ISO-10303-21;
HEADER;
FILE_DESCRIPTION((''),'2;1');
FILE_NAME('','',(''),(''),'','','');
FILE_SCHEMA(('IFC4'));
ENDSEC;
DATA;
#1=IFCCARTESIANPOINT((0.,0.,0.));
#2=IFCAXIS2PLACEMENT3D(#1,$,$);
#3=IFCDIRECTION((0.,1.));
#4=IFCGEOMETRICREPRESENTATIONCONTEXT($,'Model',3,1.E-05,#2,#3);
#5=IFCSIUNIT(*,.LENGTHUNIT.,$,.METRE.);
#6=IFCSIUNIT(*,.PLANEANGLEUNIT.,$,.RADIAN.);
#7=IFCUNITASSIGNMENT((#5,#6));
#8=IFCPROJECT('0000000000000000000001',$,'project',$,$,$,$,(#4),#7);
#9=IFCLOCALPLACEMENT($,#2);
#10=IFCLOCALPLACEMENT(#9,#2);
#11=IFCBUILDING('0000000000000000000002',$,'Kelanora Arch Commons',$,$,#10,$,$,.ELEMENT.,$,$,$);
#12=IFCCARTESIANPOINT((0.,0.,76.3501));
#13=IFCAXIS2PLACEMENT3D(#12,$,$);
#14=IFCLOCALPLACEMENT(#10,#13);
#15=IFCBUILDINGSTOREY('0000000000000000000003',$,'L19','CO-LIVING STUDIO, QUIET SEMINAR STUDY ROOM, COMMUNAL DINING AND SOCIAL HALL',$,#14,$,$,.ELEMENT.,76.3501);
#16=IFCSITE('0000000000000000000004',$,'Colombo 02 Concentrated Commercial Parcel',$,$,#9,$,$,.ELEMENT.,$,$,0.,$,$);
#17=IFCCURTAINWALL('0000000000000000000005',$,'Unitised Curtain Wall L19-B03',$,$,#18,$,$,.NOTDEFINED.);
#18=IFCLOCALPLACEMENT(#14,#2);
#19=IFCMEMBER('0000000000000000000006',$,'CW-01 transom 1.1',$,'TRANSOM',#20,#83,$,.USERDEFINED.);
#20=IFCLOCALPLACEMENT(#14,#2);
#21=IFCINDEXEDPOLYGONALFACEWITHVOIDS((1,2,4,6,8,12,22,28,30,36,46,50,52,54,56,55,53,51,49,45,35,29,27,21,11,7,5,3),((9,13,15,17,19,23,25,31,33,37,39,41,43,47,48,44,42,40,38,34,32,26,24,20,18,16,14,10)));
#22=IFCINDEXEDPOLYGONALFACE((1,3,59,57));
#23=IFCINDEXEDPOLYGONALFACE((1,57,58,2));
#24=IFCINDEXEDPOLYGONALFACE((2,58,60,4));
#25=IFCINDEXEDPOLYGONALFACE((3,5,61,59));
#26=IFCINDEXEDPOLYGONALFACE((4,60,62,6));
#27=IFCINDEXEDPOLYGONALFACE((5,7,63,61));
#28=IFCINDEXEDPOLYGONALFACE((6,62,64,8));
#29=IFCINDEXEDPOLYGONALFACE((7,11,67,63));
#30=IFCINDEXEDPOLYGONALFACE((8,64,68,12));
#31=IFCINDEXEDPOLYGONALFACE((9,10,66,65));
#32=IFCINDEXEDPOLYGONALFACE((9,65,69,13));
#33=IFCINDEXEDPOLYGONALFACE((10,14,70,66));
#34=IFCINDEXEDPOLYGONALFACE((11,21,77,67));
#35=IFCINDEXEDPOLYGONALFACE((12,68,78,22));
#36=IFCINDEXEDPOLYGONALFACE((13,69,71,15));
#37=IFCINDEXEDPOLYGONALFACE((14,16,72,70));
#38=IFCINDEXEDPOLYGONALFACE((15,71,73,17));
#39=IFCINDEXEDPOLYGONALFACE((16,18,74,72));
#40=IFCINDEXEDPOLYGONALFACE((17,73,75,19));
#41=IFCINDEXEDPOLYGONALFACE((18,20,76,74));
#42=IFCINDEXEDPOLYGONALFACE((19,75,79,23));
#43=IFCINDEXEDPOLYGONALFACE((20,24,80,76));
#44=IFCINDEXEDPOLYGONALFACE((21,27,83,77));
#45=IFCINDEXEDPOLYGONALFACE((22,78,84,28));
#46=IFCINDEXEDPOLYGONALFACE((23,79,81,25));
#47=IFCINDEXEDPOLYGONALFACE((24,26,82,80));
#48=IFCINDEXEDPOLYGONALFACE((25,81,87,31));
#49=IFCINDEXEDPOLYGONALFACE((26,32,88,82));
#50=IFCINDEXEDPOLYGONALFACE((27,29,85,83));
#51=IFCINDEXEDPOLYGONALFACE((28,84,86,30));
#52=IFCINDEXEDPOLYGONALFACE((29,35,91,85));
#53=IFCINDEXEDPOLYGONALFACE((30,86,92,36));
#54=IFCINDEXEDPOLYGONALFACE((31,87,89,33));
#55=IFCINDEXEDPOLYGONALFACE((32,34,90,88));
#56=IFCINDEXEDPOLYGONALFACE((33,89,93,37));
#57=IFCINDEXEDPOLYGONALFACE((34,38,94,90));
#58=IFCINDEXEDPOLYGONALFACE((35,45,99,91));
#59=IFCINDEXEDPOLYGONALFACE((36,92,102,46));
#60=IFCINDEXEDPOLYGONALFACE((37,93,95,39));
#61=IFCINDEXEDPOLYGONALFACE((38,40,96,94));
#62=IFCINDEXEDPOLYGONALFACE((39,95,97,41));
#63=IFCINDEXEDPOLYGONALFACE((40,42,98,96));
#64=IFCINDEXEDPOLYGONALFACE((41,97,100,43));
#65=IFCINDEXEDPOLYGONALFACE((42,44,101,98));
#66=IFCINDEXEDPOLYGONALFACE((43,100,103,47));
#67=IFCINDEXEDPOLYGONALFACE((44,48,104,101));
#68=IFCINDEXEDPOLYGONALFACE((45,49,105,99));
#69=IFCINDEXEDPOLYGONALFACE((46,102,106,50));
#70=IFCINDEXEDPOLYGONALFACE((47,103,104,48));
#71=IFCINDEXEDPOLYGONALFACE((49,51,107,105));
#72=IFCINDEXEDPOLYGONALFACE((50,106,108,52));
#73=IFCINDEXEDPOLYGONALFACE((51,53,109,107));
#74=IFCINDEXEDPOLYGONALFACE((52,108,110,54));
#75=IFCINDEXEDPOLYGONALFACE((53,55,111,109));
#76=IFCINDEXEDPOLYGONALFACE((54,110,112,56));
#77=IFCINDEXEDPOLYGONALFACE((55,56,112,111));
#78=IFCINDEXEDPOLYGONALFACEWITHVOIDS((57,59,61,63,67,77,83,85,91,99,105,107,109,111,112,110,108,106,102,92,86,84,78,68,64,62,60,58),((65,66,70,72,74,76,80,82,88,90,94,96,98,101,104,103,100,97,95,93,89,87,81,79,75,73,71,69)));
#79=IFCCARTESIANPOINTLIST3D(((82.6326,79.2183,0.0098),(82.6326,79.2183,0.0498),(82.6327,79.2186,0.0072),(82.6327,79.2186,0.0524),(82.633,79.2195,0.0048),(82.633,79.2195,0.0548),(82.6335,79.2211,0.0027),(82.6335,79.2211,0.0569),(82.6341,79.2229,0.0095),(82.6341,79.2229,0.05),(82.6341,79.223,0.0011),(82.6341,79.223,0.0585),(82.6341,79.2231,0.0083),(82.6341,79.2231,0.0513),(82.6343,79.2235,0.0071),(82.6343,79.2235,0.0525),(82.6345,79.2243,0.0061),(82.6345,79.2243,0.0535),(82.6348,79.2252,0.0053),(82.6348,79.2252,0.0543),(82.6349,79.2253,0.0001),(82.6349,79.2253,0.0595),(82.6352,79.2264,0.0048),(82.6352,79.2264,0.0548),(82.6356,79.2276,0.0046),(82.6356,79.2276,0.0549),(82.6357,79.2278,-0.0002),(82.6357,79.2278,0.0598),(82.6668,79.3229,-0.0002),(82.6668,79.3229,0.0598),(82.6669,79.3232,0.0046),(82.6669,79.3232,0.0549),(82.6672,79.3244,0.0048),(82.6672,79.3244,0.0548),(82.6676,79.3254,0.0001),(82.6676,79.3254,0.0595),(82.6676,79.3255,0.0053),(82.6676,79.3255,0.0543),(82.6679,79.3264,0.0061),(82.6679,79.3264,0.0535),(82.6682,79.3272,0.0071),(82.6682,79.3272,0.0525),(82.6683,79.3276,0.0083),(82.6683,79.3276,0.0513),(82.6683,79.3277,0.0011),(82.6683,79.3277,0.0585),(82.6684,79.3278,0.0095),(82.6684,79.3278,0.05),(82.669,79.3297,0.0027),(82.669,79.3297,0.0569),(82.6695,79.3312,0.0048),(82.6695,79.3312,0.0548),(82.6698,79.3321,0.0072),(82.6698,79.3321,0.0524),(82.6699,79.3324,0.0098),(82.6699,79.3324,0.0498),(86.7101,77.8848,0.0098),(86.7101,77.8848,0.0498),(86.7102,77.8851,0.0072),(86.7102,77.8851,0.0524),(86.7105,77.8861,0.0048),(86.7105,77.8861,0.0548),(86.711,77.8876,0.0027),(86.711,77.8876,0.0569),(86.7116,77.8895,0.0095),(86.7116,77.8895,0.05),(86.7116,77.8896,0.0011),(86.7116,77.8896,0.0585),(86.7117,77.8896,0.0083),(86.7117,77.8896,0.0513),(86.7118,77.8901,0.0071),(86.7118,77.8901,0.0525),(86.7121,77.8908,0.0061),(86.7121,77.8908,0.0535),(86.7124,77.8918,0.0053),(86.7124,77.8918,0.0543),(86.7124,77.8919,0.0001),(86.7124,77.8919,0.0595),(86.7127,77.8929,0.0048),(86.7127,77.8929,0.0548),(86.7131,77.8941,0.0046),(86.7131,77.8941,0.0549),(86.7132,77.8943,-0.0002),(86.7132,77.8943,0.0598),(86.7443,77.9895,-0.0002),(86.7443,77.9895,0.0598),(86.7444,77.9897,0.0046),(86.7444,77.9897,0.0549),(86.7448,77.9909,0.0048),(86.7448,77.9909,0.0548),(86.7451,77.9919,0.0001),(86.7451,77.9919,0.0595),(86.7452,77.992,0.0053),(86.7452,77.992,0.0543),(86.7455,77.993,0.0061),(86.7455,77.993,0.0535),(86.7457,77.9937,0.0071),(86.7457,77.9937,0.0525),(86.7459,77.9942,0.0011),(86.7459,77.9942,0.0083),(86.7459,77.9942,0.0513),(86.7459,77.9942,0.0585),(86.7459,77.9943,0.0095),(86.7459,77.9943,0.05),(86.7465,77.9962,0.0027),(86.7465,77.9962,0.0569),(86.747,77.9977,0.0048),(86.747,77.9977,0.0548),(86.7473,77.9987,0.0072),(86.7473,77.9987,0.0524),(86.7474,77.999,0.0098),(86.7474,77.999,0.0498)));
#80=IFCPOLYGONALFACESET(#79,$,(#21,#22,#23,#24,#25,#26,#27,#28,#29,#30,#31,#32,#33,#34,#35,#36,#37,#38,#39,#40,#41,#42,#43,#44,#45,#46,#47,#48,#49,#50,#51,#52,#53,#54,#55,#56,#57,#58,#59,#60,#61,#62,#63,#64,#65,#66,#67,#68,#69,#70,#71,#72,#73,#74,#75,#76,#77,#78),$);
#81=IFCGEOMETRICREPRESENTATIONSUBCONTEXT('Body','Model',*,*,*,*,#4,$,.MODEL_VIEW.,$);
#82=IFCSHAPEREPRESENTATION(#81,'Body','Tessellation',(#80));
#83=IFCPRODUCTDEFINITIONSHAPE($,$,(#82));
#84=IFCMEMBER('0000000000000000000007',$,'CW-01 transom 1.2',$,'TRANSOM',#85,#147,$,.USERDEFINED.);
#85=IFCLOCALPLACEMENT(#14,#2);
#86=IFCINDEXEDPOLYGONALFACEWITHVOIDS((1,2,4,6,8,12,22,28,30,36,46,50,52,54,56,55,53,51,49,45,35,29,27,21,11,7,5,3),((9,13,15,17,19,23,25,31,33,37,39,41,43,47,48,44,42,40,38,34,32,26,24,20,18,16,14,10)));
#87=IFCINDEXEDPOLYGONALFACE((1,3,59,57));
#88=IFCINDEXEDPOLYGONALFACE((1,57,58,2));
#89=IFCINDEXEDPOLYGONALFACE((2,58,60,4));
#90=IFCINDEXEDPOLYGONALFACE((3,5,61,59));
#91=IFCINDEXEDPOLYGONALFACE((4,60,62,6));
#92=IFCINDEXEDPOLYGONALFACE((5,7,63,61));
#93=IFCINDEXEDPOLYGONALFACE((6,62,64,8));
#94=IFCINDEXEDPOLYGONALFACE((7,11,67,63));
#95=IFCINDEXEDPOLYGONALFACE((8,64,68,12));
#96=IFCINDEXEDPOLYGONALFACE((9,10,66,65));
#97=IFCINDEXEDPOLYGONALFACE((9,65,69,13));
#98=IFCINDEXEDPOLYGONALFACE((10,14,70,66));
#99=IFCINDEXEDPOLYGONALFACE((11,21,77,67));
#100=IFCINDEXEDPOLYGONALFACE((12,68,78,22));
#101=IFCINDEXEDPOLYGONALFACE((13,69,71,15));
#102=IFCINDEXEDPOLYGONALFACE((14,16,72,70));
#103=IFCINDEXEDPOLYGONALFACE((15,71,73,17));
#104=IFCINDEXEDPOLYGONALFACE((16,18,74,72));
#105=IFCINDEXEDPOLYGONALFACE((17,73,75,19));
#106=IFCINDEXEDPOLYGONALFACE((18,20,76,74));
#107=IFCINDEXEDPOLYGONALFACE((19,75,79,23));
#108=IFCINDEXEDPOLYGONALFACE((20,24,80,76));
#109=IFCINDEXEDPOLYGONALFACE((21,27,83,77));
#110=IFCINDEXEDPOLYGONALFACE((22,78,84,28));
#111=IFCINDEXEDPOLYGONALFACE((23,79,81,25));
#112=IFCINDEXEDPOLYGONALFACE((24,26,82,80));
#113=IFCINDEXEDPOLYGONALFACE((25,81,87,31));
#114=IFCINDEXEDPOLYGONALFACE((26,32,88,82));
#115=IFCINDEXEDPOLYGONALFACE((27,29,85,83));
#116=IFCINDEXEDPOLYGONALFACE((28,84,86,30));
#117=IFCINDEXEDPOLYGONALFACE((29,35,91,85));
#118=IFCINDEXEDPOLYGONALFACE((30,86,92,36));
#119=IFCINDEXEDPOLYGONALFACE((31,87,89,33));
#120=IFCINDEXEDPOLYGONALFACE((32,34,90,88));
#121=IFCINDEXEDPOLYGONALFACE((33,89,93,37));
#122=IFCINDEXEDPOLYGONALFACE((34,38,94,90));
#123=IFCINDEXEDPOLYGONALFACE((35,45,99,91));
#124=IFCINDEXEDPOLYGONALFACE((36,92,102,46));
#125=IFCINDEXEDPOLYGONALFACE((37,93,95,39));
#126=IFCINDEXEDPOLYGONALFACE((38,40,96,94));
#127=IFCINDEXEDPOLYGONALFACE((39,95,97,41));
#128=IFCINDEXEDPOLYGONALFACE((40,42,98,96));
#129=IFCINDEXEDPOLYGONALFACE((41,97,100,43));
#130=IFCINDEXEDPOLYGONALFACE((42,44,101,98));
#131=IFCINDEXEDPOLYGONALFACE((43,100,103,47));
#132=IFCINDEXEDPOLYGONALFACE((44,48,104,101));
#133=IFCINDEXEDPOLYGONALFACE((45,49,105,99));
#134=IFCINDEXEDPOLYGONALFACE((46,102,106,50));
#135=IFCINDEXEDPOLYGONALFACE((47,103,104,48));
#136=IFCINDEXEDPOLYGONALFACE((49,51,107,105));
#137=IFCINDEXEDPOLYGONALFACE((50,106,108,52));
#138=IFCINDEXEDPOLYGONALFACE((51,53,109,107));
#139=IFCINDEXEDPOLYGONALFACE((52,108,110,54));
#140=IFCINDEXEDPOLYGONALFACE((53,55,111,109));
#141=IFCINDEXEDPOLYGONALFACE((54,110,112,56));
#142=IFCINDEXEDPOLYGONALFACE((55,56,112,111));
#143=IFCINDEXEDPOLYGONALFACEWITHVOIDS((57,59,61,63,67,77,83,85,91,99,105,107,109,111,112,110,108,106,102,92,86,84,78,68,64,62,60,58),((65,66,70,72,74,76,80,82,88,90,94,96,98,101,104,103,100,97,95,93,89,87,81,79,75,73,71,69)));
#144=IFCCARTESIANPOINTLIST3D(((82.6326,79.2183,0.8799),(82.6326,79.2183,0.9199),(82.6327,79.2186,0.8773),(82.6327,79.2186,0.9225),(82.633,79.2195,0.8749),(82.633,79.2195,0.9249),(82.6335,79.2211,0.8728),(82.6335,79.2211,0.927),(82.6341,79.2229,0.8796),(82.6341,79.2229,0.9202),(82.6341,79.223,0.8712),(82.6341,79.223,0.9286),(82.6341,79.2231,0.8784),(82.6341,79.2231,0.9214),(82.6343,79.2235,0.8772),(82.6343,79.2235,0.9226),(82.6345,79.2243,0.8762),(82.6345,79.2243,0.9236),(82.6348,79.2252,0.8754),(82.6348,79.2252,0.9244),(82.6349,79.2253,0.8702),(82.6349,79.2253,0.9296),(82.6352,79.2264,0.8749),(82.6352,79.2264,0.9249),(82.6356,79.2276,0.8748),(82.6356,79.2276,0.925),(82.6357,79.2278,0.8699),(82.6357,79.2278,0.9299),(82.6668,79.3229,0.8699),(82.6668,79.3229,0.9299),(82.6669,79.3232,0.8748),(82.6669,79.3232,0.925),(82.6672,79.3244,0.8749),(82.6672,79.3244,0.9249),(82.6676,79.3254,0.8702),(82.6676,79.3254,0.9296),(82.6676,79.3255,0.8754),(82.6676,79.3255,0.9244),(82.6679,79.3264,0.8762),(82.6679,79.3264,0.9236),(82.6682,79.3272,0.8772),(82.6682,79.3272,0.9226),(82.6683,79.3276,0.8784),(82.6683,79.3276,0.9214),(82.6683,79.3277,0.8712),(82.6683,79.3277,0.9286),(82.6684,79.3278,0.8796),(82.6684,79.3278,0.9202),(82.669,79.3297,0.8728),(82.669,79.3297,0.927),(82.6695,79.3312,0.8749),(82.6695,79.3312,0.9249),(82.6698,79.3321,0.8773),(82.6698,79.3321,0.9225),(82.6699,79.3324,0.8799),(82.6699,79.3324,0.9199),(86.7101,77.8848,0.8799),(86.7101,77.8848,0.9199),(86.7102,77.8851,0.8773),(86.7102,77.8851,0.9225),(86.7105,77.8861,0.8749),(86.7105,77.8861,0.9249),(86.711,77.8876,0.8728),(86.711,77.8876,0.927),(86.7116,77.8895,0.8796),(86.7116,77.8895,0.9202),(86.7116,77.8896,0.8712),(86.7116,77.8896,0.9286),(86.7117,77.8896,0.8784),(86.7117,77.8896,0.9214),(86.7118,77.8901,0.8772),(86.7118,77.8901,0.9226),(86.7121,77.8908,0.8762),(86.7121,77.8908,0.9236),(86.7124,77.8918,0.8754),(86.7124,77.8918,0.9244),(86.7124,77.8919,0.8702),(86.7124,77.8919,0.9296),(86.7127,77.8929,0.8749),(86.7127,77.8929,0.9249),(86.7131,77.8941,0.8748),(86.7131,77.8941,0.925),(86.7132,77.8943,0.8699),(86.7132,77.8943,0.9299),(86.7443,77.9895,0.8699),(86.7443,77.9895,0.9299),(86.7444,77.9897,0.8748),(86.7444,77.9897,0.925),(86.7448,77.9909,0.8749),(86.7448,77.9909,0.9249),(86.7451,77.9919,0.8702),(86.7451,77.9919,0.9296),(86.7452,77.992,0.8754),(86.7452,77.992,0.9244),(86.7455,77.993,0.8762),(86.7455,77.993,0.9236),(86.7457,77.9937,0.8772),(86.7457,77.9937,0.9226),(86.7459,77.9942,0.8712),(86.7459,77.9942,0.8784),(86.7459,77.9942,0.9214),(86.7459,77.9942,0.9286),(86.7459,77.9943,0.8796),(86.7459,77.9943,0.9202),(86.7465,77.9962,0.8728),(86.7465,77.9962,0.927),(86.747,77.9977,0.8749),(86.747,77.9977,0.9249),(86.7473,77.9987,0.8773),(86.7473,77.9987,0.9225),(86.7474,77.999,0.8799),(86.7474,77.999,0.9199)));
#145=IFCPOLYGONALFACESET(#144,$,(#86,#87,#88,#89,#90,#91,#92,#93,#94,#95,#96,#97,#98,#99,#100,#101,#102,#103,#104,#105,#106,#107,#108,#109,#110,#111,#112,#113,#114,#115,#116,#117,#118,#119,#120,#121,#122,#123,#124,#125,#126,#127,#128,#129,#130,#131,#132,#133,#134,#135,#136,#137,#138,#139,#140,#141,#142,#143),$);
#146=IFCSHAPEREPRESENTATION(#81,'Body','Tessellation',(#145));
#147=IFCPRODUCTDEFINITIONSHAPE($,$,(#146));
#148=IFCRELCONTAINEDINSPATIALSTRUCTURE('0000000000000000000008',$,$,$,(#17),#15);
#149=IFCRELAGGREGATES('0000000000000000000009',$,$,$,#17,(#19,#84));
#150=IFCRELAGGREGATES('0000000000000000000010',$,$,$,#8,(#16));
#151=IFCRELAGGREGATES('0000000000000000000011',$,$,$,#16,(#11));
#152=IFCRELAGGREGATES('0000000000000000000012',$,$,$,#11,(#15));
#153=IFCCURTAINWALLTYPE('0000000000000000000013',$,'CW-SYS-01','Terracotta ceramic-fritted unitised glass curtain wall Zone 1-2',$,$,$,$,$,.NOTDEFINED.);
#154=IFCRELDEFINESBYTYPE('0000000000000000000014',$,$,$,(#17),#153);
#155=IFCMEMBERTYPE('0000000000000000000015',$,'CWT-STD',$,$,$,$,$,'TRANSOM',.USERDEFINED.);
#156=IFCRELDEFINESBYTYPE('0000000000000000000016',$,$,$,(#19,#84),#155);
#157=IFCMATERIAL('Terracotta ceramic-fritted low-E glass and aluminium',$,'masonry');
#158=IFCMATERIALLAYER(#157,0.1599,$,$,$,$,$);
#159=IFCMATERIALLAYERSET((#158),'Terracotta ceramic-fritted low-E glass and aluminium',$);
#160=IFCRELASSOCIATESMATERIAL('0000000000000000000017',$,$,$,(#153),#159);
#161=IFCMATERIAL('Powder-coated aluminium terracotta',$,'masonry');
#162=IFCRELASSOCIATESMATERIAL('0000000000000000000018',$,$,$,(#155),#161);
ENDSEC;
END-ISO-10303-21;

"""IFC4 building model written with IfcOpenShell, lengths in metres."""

from ifc_helpers import new_model, si_unit, direction, frame, origin, origin_2d, place, context, subcontext, project, spatial, hollow_rectangle, extrude, material, layer, layer_set, material_profile, profile_set, type_object, element, aggregate, save


model = new_model("IFC4")

# Units and contexts
model_context = context("Model", 3, precision=1e-05, world=origin(), true_north=direction((0.0, 1.0)))
body_context = subcontext(model_context, "Body", "Model", "MODEL_VIEW")
ifc_project = project(units=[si_unit("LENGTHUNIT", "METRE"), si_unit("PLANEANGLEUNIT", "RADIAN")], contexts=[model_context])

# Site, building, storey
site_placement = place(None, origin())
site = spatial("IfcSite", under=ifc_project, at=site_placement, Name="Colombo 02 Concentrated Commercial Parcel", CompositionType="ELEMENT", RefElevation=0.0)
building_placement = place(site_placement, origin())
building = spatial("IfcBuilding", under=site, at=building_placement, Name="Kelanora Arch Commons", CompositionType="ELEMENT")
storey_placement = place(building_placement, frame((0.0, 0.0, 76.3501)))
storey = spatial("IfcBuildingStorey", under=building, at=storey_placement, Name="L19", Description="CO-LIVING STUDIO, QUIET SEMINAR STUDY ROOM, COMMUNAL DINING AND SOCIAL HALL", CompositionType="ELEMENT", Elevation=76.3501)

# Shared definitions
ifc_material_1 = material(Name="Terracotta ceramic-fritted low-E glass and aluminium", Category="masonry")
ifc_layer_1 = layer(ifc_material_1, 0.1599)
ifc_layer_set_1 = layer_set([ifc_layer_1], Name="Terracotta ceramic-fritted low-E glass and aluminium")
curtain_wall_type = type_object("IfcCurtainWallType", Name="CW-SYS-01", Description="Terracotta ceramic-fritted unitised glass curtain wall Zone 1-2", PredefinedType="NOTDEFINED", material=ifc_layer_set_1)
ifc_material_2 = material(Name="Powder-coated aluminium terracotta", Category="masonry")

# Curtain wall, members
curtain_wall_1_placement = place(storey_placement, origin())
curtain_wall_1 = element("IfcCurtainWall", 1, at=curtain_wall_1_placement, inside=storey, type_object=curtain_wall_type, Name="Unitised Curtain Wall L19-B03", PredefinedType="NOTDEFINED")
ifc_material_profile_1 = material_profile(ifc_material_2, hollow_rectangle(XDim=0.1201, YDim=0.0601, WallThickness=0.0049, InnerFilletRadius=0.0049, OuterFilletRadius=0.01, at=origin_2d()), Name="CWT120x60")
ifc_profile_set_1 = profile_set([ifc_material_profile_1], Name="Powder-coated aluminium terracotta")
member_type_1 = type_object("IfcMemberType", Name="CWT-STD", ElementType="TRANSOM", PredefinedType="USERDEFINED", material=ifc_profile_set_1)
member_1_placement = place(storey_placement, frame((86.7288, 77.9419, 0.0298), z_axis=(-0.950466, 0.310828, 0.0), x_axis=(-0.310828, -0.950466, 0.0)))
member_1 = element("IfcMember", 2, at=member_1_placement, type_object=member_type_1, Name="CW-01 transom 1.1", ObjectType="TRANSOM", PredefinedType="USERDEFINED", context=body_context, shape_type="SweptSolid", body=[
    extrude(hollow_rectangle(XDim=0.1201, YDim=0.0601, WallThickness=0.0049, InnerFilletRadius=0.0049, OuterFilletRadius=0.01, at=origin_2d()), origin(), (0.0, 0.0, 1.0), 4.29),
])
member_2_placement = place(storey_placement, frame((86.7288, 77.9419, 0.8999), z_axis=(-0.950466, 0.310828, 0.0), x_axis=(-0.310828, -0.950466, 0.0)))
member_2 = element("IfcMember", 3, at=member_2_placement, type_object=member_type_1, Name="CW-01 transom 1.2", ObjectType="TRANSOM", PredefinedType="USERDEFINED", context=body_context, shape_type="SweptSolid", body=[
    extrude(hollow_rectangle(XDim=0.1201, YDim=0.0601, WallThickness=0.0049, InnerFilletRadius=0.0049, OuterFilletRadius=0.01, at=origin_2d()), origin(), (0.0, 0.0, 1.0), 4.29),
])
aggregate(curtain_wall_1, [member_1, member_2])

save(model, "model.ifc")
